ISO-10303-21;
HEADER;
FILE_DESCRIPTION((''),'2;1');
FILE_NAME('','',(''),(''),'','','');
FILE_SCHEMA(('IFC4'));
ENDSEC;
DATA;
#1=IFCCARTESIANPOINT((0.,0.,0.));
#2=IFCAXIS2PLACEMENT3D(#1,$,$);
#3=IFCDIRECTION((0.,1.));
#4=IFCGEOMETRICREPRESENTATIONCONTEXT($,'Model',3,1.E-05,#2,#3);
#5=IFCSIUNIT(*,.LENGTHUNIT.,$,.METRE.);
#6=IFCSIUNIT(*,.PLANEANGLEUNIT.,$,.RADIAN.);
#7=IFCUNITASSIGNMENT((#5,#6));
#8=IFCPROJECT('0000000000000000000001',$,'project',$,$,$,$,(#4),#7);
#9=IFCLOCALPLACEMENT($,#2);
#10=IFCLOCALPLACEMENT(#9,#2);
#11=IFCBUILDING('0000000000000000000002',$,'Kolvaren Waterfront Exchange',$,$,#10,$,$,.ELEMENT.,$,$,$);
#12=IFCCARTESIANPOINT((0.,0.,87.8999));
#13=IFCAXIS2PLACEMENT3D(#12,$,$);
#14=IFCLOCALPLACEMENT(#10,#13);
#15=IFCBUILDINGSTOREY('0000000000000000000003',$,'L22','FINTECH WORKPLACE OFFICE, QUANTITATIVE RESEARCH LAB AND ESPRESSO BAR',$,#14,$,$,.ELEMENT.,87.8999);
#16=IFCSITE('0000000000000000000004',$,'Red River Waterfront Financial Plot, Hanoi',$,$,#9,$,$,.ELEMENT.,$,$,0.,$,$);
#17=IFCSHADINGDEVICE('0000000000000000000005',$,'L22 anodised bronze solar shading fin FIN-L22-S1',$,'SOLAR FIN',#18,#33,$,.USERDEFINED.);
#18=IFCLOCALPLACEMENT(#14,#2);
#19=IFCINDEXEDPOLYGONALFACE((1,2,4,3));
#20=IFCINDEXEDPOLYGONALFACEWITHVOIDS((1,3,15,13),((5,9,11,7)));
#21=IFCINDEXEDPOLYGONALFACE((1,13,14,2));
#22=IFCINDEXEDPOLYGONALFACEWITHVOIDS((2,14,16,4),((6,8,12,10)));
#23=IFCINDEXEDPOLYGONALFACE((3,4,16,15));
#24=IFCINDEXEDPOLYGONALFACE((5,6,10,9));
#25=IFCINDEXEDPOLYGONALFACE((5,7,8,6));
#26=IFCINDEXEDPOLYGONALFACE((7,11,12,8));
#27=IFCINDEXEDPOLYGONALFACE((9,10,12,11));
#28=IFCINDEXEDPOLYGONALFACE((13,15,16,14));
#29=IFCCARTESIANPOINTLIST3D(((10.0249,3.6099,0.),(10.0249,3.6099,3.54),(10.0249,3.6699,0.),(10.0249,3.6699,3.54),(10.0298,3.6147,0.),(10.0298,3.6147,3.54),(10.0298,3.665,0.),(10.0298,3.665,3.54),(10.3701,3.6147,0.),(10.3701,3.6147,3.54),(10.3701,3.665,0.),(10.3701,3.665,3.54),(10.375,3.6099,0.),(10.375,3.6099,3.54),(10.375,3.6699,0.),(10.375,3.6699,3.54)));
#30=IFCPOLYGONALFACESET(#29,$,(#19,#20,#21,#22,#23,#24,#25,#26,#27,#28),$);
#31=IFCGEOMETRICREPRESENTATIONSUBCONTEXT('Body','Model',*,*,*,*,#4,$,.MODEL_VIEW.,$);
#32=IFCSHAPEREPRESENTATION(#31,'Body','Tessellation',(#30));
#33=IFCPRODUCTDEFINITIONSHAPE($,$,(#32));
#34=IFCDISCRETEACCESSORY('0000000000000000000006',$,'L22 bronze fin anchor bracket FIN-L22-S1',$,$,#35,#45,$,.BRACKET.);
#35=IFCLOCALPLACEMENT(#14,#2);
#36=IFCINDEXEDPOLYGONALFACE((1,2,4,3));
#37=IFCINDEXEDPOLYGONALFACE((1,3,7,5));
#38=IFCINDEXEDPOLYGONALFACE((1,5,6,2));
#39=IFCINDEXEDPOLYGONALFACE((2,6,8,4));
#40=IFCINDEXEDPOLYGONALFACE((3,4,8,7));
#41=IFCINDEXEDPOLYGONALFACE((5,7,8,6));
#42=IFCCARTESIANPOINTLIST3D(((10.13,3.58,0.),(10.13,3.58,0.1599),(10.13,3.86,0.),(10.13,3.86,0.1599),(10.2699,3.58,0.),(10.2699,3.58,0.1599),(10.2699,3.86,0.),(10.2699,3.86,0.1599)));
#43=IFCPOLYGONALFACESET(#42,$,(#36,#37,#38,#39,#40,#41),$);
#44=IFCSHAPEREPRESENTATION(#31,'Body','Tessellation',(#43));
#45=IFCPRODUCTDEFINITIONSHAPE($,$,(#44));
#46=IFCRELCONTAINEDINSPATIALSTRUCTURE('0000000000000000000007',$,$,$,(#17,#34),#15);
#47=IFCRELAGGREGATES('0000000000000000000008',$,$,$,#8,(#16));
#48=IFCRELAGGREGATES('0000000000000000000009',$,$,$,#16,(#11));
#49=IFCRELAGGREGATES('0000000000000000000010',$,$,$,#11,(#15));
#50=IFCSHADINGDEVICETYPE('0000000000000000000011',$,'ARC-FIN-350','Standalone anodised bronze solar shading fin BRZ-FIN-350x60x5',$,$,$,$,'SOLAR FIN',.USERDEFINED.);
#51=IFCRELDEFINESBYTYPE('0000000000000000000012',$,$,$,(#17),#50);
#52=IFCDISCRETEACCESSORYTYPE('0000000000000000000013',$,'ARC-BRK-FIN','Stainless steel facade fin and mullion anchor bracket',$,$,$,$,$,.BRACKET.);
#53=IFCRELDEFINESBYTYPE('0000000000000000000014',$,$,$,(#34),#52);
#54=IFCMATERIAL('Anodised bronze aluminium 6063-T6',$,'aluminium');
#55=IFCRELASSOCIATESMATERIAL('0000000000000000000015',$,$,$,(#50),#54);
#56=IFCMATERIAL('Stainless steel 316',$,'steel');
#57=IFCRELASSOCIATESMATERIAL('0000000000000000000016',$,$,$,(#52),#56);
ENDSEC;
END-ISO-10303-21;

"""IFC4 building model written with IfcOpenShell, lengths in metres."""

from ifc_helpers import new_model, si_unit, direction, frame, origin, origin_with_axes, origin_2d, place, context, subcontext, project, spatial, rectangle, hollow_rectangle, extrude, source, transform, mapped, material, material_profile, profile_set, type_object, element, save


model = new_model("IFC4")

# Units and contexts
model_context = context("Model", 3, precision=1e-05, world=origin(), true_north=direction((0.0, 1.0)))
body_context = subcontext(model_context, "Body", "Model", "MODEL_VIEW")
ifc_project = project(units=[si_unit("LENGTHUNIT", "METRE"), si_unit("PLANEANGLEUNIT", "RADIAN")], contexts=[model_context])

# Site, building, storey
site_placement = place(None, origin())
site = spatial("IfcSite", under=ifc_project, at=site_placement, Name="Red River Waterfront Financial Plot, Hanoi", CompositionType="ELEMENT", RefElevation=0.0)
building_placement = place(site_placement, origin())
building = spatial("IfcBuilding", under=site, at=building_placement, Name="Kolvaren Waterfront Exchange", CompositionType="ELEMENT")
storey_placement = place(building_placement, frame((0.0, 0.0, 87.8999)))
storey = spatial("IfcBuildingStorey", under=building, at=storey_placement, Name="L22", Description="FINTECH WORKPLACE OFFICE, QUANTITATIVE RESEARCH LAB AND ESPRESSO BAR", CompositionType="ELEMENT", Elevation=87.8999)

# Shared definitions
ifc_material_1 = material(Name="Anodised bronze aluminium 6063-T6", Category="aluminium")

# Shading device
ifc_material_profile_1 = material_profile(ifc_material_1, hollow_rectangle(XDim=0.0601, YDim=0.3501, WallThickness=0.0049, at=origin_2d()), Name="BRZ-FIN-350x60x5")
ifc_profile_set_1 = profile_set([ifc_material_profile_1], Name="Anodised bronze aluminium 6063-T6")
shading_device_type = type_object("IfcShadingDeviceType", Name="ARC-FIN-350", Description="Standalone anodised bronze solar shading fin BRZ-FIN-350x60x5", ElementType="SOLAR FIN", PredefinedType="USERDEFINED", material=ifc_profile_set_1)
shading_device_placement = place(storey_placement, frame((10.2, 3.6399, 0.0), z_axis=(0.0, 0.0, 1.0), x_axis=(0.0, -1.0, 0.0)))
element("IfcShadingDevice", 1, at=shading_device_placement, inside=storey, type_object=shading_device_type, Name="L22 anodised bronze solar shading fin FIN-L22-S1", ObjectType="SOLAR FIN", PredefinedType="USERDEFINED", context=body_context, shape_type="SweptSolid", body=[
    extrude(hollow_rectangle(XDim=0.0601, YDim=0.3501, WallThickness=0.0049, at=origin_2d()), origin(), (0.0, 0.0, 1.0), 3.54),
])

# Discrete accessory
ifc_material_2 = material(Name="Stainless steel 316", Category="steel")
discrete_accessory_type = type_object("IfcDiscreteAccessoryType", Name="ARC-BRK-FIN", Description="Stainless steel facade fin and mullion anchor bracket", PredefinedType="BRACKET", material=ifc_material_2)
shared_shape_1 = source(origin_with_axes(), body_context, "Body", "SweptSolid", [
    extrude(rectangle(XDim=0.28, YDim=0.1399, at=origin_2d()), origin(), (0.0, 0.0, 1.0), 0.1599),
])
discrete_accessory_placement = place(storey_placement, frame((10.2, 3.72, 0.0), z_axis=(0.0, 0.0, 1.0), x_axis=(0.0, -1.0, 0.0)))
element("IfcDiscreteAccessory", 2, at=discrete_accessory_placement, inside=storey, type_object=discrete_accessory_type, Name="L22 bronze fin anchor bracket FIN-L22-S1", PredefinedType="BRACKET", context=body_context, shape_type="MappedRepresentation", body=[
    mapped(shared_shape_1, transform((0.0, 0.0, 0.0), x_axis=(1.0, 0.0, 0.0), y_axis=(0.0, 1.0, 0.0), z_axis=(0.0, 0.0, 1.0), scale=1.0)),
])

save(model, "model.ifc")
